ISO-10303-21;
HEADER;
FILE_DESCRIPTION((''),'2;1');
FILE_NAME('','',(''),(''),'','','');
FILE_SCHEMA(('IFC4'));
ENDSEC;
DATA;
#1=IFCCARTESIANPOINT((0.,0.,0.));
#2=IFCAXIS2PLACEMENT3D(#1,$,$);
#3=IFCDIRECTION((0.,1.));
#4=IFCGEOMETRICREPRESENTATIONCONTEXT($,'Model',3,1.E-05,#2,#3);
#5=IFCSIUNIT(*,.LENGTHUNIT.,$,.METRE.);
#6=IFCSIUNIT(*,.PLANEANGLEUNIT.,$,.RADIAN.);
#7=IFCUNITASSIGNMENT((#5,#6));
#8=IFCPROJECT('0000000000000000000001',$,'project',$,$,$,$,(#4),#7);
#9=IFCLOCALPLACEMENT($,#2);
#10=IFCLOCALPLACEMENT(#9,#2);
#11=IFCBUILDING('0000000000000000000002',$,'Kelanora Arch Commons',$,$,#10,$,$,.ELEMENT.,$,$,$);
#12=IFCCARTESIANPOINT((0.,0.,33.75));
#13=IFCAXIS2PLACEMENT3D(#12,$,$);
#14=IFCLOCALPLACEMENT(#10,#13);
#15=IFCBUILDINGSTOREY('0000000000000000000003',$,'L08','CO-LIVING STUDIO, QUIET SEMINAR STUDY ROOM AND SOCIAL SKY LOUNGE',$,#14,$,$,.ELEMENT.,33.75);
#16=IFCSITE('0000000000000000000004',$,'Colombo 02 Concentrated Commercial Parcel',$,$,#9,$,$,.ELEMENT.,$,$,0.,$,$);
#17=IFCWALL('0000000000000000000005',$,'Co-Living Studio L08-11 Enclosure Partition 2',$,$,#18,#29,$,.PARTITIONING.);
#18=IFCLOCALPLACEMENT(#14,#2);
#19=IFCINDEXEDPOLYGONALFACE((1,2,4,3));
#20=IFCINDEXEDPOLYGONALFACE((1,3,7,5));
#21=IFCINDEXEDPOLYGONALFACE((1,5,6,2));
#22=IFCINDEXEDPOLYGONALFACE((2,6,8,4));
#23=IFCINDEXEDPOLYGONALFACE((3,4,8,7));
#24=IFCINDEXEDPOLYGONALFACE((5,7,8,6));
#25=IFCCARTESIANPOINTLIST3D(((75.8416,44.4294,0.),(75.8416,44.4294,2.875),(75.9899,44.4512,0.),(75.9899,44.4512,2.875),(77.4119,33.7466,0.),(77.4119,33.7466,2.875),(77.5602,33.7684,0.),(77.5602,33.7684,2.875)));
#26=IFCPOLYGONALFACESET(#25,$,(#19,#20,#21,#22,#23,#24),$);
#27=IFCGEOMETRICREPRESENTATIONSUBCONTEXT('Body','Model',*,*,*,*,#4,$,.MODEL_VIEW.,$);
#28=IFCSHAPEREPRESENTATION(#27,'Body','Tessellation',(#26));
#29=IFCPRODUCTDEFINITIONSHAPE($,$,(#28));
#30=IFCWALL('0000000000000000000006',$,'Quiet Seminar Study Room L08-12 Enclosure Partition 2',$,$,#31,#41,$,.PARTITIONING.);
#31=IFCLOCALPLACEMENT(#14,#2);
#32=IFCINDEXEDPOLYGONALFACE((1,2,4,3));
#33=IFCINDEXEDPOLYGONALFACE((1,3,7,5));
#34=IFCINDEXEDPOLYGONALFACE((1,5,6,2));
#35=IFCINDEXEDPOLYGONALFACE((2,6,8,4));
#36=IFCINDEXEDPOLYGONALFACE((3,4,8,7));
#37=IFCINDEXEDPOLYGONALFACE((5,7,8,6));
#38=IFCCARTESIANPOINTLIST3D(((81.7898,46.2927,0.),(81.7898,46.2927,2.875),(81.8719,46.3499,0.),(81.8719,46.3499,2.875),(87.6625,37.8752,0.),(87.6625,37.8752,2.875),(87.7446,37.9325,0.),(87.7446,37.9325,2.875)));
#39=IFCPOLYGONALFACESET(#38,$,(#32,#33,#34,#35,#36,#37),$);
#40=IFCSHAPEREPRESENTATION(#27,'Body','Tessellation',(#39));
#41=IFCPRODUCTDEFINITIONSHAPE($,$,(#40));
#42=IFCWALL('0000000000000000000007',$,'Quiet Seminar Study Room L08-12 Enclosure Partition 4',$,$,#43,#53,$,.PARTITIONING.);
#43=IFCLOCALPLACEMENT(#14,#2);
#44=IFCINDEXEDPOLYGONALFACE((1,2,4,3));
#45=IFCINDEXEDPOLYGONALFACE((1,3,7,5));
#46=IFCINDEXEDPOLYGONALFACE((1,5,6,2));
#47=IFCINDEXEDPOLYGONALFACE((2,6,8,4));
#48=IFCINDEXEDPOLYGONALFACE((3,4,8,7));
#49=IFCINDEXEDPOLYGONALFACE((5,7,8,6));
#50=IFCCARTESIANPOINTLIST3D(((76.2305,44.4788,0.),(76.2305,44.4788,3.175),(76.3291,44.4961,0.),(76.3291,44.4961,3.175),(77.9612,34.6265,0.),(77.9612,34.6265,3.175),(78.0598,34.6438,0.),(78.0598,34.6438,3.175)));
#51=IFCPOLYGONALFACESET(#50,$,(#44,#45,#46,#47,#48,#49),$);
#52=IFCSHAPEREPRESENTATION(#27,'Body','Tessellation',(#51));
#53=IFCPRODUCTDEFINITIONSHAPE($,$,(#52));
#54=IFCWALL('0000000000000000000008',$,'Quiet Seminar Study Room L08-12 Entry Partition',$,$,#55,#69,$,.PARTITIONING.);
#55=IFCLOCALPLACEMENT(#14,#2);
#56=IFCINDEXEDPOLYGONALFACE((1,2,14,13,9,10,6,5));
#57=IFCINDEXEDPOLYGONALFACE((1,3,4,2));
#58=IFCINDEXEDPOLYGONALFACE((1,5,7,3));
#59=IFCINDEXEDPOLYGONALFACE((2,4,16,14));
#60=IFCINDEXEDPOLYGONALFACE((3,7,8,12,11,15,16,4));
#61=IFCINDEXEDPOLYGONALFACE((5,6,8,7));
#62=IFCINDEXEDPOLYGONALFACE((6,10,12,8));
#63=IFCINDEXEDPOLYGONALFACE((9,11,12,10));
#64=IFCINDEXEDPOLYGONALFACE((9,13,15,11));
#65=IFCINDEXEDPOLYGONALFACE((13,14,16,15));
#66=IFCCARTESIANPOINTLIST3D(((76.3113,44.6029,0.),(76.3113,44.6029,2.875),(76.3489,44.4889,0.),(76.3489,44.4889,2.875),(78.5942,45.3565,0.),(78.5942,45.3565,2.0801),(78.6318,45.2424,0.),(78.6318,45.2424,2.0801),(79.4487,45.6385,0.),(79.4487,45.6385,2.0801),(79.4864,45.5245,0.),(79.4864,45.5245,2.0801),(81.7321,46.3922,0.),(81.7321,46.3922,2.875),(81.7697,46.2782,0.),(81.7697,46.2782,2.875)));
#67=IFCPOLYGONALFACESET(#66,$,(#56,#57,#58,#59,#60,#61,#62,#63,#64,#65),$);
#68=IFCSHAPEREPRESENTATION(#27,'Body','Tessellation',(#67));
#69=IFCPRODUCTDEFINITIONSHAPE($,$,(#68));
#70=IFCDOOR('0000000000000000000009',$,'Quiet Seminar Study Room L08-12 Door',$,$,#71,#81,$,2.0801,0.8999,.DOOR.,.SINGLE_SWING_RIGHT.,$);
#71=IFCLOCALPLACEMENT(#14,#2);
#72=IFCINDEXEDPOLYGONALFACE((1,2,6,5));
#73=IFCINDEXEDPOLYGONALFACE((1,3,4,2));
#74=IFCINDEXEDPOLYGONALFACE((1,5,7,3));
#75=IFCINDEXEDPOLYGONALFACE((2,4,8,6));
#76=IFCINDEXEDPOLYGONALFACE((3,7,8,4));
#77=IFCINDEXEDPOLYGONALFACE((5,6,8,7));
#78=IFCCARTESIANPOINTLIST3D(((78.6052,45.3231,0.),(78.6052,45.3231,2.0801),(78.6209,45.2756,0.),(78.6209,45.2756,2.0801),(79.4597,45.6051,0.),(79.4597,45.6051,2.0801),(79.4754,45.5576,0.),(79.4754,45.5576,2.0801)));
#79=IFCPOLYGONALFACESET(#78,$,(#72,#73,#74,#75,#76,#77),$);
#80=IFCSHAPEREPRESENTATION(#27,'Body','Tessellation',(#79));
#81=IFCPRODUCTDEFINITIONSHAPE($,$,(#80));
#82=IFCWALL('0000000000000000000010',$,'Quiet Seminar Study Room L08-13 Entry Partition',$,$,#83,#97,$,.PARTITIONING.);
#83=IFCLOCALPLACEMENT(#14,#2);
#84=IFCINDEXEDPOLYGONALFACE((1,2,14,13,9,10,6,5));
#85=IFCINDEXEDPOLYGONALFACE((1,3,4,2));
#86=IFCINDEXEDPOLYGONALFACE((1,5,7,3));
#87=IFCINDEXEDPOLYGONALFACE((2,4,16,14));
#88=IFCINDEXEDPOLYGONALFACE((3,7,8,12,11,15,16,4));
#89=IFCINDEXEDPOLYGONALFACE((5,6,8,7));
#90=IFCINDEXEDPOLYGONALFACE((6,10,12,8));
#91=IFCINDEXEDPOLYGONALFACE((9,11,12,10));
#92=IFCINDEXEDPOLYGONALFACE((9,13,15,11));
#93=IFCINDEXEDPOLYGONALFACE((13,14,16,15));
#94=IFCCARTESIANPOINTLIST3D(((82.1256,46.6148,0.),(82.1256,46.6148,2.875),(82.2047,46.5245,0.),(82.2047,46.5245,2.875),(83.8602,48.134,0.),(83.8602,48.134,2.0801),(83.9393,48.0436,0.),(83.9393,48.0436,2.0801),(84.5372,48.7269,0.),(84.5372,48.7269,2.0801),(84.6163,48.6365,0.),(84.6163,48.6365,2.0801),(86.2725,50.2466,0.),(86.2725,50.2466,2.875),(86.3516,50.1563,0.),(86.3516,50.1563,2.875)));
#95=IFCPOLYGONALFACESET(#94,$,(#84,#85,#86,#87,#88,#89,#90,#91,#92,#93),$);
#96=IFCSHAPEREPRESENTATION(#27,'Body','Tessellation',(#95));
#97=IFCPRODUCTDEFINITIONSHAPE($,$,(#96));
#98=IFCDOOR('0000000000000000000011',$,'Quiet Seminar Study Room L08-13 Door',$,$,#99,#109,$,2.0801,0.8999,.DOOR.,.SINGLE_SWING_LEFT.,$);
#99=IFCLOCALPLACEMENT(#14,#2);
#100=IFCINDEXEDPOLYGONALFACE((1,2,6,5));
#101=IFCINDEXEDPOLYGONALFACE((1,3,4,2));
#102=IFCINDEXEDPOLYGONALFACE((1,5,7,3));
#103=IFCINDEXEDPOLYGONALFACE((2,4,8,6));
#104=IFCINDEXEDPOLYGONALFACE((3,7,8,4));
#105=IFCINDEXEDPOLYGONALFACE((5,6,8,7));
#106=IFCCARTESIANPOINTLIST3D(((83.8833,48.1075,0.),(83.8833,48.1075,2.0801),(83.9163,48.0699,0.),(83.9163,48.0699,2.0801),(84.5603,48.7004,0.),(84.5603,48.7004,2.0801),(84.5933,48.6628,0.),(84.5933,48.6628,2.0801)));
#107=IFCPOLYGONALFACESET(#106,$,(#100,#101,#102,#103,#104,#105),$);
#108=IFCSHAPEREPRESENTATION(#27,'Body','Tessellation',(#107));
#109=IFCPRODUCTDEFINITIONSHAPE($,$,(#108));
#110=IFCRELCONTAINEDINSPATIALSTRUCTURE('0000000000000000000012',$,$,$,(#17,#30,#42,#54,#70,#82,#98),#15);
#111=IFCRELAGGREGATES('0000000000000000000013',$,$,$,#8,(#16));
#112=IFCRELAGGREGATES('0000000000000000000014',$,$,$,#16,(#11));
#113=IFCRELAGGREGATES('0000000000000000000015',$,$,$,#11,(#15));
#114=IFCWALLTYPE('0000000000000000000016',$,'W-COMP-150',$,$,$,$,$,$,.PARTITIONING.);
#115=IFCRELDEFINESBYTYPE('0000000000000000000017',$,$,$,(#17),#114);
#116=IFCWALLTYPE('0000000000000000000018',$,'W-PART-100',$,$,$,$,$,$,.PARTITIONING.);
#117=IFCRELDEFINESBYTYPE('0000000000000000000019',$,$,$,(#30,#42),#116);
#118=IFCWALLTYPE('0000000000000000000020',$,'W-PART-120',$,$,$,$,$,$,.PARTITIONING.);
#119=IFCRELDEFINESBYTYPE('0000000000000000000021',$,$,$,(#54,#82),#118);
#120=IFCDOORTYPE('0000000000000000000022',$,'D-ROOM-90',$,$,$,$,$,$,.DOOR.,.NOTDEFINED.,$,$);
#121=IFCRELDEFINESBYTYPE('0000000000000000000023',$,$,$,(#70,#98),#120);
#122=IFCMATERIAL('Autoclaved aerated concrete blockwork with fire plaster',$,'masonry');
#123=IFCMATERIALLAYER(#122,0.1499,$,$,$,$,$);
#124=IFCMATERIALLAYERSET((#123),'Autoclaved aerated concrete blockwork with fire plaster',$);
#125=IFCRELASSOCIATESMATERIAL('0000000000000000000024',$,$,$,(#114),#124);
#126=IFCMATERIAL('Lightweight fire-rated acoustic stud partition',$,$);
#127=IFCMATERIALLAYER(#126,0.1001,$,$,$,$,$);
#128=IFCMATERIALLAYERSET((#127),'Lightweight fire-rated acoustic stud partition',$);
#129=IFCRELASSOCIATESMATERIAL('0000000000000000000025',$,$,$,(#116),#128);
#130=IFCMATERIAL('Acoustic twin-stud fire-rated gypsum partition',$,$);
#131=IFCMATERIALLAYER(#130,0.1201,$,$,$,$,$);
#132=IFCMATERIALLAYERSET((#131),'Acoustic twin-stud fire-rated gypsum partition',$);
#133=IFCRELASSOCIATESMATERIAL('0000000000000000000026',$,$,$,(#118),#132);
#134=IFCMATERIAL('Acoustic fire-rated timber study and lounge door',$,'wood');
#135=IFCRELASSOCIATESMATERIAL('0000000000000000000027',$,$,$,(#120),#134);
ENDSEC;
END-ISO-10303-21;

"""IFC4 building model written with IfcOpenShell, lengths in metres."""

from ifc_helpers import new_model, si_unit, direction, frame, frame_2d, origin, place, context, subcontext, project, spatial, rectangle, extrude, material, layer, layer_set, type_object, element, fill, save


model = new_model("IFC4")

# Units and contexts
model_context = context("Model", 3, precision=1e-05, world=origin(), true_north=direction((0.0, 1.0)))
body_context = subcontext(model_context, "Body", "Model", "MODEL_VIEW")
ifc_project = project(units=[si_unit("LENGTHUNIT", "METRE"), si_unit("PLANEANGLEUNIT", "RADIAN")], contexts=[model_context])

# Site, building, storey
site_placement = place(None, origin())
site = spatial("IfcSite", under=ifc_project, at=site_placement, Name="Colombo 02 Concentrated Commercial Parcel", CompositionType="ELEMENT", RefElevation=0.0)
building_placement = place(site_placement, origin())
building = spatial("IfcBuilding", under=site, at=building_placement, Name="Kelanora Arch Commons", CompositionType="ELEMENT")
storey_placement = place(building_placement, frame((0.0, 0.0, 33.75)))
storey = spatial("IfcBuildingStorey", under=building, at=storey_placement, Name="L08", Description="CO-LIVING STUDIO, QUIET SEMINAR STUDY ROOM AND SOCIAL SKY LOUNGE", CompositionType="ELEMENT", Elevation=33.75)

# Walls
ifc_material_1 = material(Name="Autoclaved aerated concrete blockwork with fire plaster", Category="masonry")
ifc_layer_1 = layer(ifc_material_1, 0.1499)
ifc_layer_set_1 = layer_set([ifc_layer_1], Name="Autoclaved aerated concrete blockwork with fire plaster")
wall_type_1 = type_object("IfcWallType", Name="W-COMP-150", PredefinedType="PARTITIONING", material=ifc_layer_set_1)
wall_1_placement = place(storey_placement, frame((75.9158, 44.4404, 0.0), z_axis=(0.0, 0.0, 1.0), x_axis=(0.145431, -0.989368, 0.0)))
element("IfcWall", 1, at=wall_1_placement, inside=storey, type_object=wall_type_1, Name="Co-Living Studio L08-11 Enclosure Partition 2", PredefinedType="PARTITIONING", context=body_context, shape_type="SweptSolid", body=[
    extrude(rectangle(XDim=10.7976, YDim=0.1499, at=frame_2d((5.3989, 0.0))), origin(), (0.0, 0.0, 1.0), 2.875),
])
ifc_material_2 = material(Name="Lightweight fire-rated acoustic stud partition")
ifc_layer_2 = layer(ifc_material_2, 0.1001)
ifc_layer_set_2 = layer_set([ifc_layer_2], Name="Lightweight fire-rated acoustic stud partition")
wall_type_2 = type_object("IfcWallType", Name="W-PART-100", PredefinedType="PARTITIONING", material=ifc_layer_set_2)
wall_2_placement = place(storey_placement, frame((81.8308, 46.3213, 0.0), z_axis=(0.0, 0.0, 1.0), x_axis=(0.572191, -0.82012, 0.0)))
element("IfcWall", 2, at=wall_2_placement, inside=storey, type_object=wall_type_2, Name="Quiet Seminar Study Room L08-12 Enclosure Partition 2", PredefinedType="PARTITIONING", context=body_context, shape_type="SweptSolid", body=[
    extrude(rectangle(XDim=10.2637, YDim=0.1001, at=frame_2d((5.1318, 0.0))), origin(), (0.0, 0.0, 1.0), 2.875),
])
wall_3_placement = place(storey_placement, frame((78.0105, 34.6353, 0.0), z_axis=(0.0, 0.0, 1.0), x_axis=(-0.173017, 0.984919, 0.0)))
element("IfcWall", 3, at=wall_3_placement, inside=storey, type_object=wall_type_2, Name="Quiet Seminar Study Room L08-12 Enclosure Partition 4", PredefinedType="PARTITIONING", context=body_context, shape_type="SweptSolid", body=[
    extrude(rectangle(XDim=10.0032, YDim=0.1001, at=frame_2d((5.0015, 0.0))), origin(), (0.0, 0.0, 1.0), 3.175),
])

# Walls, openings, doors
ifc_material_3 = material(Name="Acoustic twin-stud fire-rated gypsum partition")
ifc_layer_3 = layer(ifc_material_3, 0.1201)
ifc_layer_set_3 = layer_set([ifc_layer_3], Name="Acoustic twin-stud fire-rated gypsum partition")
wall_type_3 = type_object("IfcWallType", Name="W-PART-120", PredefinedType="PARTITIONING", material=ifc_layer_set_3)
wall_4_placement = place(storey_placement, frame((76.3301, 44.5459, 0.0), z_axis=(0.0, 0.0, 1.0), x_axis=(0.949607, 0.313442, 0.0)))
wall_4 = element("IfcWall", 4, at=wall_4_placement, inside=storey, type_object=wall_type_3, Name="Quiet Seminar Study Room L08-12 Entry Partition", PredefinedType="PARTITIONING", context=body_context, shape_type="SweptSolid", body=[
    extrude(rectangle(XDim=5.7085, YDim=0.1201, at=frame_2d((2.8542, 0.0))), origin(), (0.0, 0.0, 1.0), 2.875),
])
opening_1_placement = place(wall_4_placement, frame((2.4041, 0.0, 0.0)))
opening_1 = element("IfcOpeningElement", 5, at=opening_1_placement, cuts=wall_4, PredefinedType="OPENING", context=body_context, shape_type="SweptSolid", body=[
    extrude(rectangle(XDim=0.8999, YDim=2.0801, at=frame_2d((0.45, 1.04))), frame((0.0, 0.0701, 0.0), z_axis=(0.0, -1.0, 0.0), x_axis=(1.0, 0.0, 0.0)), (0.0, 0.0, 1.0), 0.1401),
])
ifc_material_4 = material(Name="Acoustic fire-rated timber study and lounge door", Category="wood")
door_type = type_object("IfcDoorType", Name="D-ROOM-90", OperationType="NOTDEFINED", PredefinedType="DOOR", material=ifc_material_4)
door_1_placement = place(opening_1_placement, origin())
door_1 = element("IfcDoor", 6, at=door_1_placement, inside=storey, type_object=door_type, Name="Quiet Seminar Study Room L08-12 Door", OperationType="SINGLE_SWING_RIGHT", OverallHeight=2.0801, OverallWidth=0.8999, PredefinedType="DOOR", context=body_context, shape_type="SweptSolid", body=[
    extrude(rectangle(XDim=0.8999, YDim=2.0801, at=frame_2d((0.45, 1.04))), frame((0.0, 0.0249, 0.0), z_axis=(0.0, -1.0, 0.0), x_axis=(1.0, 0.0, 0.0)), (0.0, 0.0, 1.0), 0.05),
])
fill(opening_1, door_1)
wall_5_placement = place(storey_placement, frame((82.165, 46.5696, 0.0), z_axis=(0.0, 0.0, 1.0), x_axis=(0.752286, 0.658837, 0.0)))
wall_5 = element("IfcWall", 7, at=wall_5_placement, inside=storey, type_object=wall_type_3, Name="Quiet Seminar Study Room L08-13 Entry Partition", PredefinedType="PARTITIONING", context=body_context, shape_type="SweptSolid", body=[
    extrude(rectangle(XDim=5.5125, YDim=0.1201, at=frame_2d((2.7563, 0.0))), origin(), (0.0, 0.0, 1.0), 2.875),
])
opening_2_placement = place(wall_5_placement, frame((2.3059, 0.0, 0.0)))
opening_2 = element("IfcOpeningElement", 8, at=opening_2_placement, cuts=wall_5, PredefinedType="OPENING", context=body_context, shape_type="SweptSolid", body=[
    extrude(rectangle(XDim=0.8999, YDim=2.0801, at=frame_2d((0.45, 1.04))), frame((0.0, 0.0701, 0.0), z_axis=(0.0, -1.0, 0.0), x_axis=(1.0, 0.0, 0.0)), (0.0, 0.0, 1.0), 0.1401),
])
door_2_placement = place(opening_2_placement, origin())
door_2 = element("IfcDoor", 9, at=door_2_placement, inside=storey, type_object=door_type, Name="Quiet Seminar Study Room L08-13 Door", OperationType="SINGLE_SWING_LEFT", OverallHeight=2.0801, OverallWidth=0.8999, PredefinedType="DOOR", context=body_context, shape_type="SweptSolid", body=[
    extrude(rectangle(XDim=0.8999, YDim=2.0801, at=frame_2d((0.45, 1.04))), frame((0.0, 0.0249, 0.0), z_axis=(0.0, -1.0, 0.0), x_axis=(1.0, 0.0, 0.0)), (0.0, 0.0, 1.0), 0.05),
])
fill(opening_2, door_2)

save(model, "model.ifc")
